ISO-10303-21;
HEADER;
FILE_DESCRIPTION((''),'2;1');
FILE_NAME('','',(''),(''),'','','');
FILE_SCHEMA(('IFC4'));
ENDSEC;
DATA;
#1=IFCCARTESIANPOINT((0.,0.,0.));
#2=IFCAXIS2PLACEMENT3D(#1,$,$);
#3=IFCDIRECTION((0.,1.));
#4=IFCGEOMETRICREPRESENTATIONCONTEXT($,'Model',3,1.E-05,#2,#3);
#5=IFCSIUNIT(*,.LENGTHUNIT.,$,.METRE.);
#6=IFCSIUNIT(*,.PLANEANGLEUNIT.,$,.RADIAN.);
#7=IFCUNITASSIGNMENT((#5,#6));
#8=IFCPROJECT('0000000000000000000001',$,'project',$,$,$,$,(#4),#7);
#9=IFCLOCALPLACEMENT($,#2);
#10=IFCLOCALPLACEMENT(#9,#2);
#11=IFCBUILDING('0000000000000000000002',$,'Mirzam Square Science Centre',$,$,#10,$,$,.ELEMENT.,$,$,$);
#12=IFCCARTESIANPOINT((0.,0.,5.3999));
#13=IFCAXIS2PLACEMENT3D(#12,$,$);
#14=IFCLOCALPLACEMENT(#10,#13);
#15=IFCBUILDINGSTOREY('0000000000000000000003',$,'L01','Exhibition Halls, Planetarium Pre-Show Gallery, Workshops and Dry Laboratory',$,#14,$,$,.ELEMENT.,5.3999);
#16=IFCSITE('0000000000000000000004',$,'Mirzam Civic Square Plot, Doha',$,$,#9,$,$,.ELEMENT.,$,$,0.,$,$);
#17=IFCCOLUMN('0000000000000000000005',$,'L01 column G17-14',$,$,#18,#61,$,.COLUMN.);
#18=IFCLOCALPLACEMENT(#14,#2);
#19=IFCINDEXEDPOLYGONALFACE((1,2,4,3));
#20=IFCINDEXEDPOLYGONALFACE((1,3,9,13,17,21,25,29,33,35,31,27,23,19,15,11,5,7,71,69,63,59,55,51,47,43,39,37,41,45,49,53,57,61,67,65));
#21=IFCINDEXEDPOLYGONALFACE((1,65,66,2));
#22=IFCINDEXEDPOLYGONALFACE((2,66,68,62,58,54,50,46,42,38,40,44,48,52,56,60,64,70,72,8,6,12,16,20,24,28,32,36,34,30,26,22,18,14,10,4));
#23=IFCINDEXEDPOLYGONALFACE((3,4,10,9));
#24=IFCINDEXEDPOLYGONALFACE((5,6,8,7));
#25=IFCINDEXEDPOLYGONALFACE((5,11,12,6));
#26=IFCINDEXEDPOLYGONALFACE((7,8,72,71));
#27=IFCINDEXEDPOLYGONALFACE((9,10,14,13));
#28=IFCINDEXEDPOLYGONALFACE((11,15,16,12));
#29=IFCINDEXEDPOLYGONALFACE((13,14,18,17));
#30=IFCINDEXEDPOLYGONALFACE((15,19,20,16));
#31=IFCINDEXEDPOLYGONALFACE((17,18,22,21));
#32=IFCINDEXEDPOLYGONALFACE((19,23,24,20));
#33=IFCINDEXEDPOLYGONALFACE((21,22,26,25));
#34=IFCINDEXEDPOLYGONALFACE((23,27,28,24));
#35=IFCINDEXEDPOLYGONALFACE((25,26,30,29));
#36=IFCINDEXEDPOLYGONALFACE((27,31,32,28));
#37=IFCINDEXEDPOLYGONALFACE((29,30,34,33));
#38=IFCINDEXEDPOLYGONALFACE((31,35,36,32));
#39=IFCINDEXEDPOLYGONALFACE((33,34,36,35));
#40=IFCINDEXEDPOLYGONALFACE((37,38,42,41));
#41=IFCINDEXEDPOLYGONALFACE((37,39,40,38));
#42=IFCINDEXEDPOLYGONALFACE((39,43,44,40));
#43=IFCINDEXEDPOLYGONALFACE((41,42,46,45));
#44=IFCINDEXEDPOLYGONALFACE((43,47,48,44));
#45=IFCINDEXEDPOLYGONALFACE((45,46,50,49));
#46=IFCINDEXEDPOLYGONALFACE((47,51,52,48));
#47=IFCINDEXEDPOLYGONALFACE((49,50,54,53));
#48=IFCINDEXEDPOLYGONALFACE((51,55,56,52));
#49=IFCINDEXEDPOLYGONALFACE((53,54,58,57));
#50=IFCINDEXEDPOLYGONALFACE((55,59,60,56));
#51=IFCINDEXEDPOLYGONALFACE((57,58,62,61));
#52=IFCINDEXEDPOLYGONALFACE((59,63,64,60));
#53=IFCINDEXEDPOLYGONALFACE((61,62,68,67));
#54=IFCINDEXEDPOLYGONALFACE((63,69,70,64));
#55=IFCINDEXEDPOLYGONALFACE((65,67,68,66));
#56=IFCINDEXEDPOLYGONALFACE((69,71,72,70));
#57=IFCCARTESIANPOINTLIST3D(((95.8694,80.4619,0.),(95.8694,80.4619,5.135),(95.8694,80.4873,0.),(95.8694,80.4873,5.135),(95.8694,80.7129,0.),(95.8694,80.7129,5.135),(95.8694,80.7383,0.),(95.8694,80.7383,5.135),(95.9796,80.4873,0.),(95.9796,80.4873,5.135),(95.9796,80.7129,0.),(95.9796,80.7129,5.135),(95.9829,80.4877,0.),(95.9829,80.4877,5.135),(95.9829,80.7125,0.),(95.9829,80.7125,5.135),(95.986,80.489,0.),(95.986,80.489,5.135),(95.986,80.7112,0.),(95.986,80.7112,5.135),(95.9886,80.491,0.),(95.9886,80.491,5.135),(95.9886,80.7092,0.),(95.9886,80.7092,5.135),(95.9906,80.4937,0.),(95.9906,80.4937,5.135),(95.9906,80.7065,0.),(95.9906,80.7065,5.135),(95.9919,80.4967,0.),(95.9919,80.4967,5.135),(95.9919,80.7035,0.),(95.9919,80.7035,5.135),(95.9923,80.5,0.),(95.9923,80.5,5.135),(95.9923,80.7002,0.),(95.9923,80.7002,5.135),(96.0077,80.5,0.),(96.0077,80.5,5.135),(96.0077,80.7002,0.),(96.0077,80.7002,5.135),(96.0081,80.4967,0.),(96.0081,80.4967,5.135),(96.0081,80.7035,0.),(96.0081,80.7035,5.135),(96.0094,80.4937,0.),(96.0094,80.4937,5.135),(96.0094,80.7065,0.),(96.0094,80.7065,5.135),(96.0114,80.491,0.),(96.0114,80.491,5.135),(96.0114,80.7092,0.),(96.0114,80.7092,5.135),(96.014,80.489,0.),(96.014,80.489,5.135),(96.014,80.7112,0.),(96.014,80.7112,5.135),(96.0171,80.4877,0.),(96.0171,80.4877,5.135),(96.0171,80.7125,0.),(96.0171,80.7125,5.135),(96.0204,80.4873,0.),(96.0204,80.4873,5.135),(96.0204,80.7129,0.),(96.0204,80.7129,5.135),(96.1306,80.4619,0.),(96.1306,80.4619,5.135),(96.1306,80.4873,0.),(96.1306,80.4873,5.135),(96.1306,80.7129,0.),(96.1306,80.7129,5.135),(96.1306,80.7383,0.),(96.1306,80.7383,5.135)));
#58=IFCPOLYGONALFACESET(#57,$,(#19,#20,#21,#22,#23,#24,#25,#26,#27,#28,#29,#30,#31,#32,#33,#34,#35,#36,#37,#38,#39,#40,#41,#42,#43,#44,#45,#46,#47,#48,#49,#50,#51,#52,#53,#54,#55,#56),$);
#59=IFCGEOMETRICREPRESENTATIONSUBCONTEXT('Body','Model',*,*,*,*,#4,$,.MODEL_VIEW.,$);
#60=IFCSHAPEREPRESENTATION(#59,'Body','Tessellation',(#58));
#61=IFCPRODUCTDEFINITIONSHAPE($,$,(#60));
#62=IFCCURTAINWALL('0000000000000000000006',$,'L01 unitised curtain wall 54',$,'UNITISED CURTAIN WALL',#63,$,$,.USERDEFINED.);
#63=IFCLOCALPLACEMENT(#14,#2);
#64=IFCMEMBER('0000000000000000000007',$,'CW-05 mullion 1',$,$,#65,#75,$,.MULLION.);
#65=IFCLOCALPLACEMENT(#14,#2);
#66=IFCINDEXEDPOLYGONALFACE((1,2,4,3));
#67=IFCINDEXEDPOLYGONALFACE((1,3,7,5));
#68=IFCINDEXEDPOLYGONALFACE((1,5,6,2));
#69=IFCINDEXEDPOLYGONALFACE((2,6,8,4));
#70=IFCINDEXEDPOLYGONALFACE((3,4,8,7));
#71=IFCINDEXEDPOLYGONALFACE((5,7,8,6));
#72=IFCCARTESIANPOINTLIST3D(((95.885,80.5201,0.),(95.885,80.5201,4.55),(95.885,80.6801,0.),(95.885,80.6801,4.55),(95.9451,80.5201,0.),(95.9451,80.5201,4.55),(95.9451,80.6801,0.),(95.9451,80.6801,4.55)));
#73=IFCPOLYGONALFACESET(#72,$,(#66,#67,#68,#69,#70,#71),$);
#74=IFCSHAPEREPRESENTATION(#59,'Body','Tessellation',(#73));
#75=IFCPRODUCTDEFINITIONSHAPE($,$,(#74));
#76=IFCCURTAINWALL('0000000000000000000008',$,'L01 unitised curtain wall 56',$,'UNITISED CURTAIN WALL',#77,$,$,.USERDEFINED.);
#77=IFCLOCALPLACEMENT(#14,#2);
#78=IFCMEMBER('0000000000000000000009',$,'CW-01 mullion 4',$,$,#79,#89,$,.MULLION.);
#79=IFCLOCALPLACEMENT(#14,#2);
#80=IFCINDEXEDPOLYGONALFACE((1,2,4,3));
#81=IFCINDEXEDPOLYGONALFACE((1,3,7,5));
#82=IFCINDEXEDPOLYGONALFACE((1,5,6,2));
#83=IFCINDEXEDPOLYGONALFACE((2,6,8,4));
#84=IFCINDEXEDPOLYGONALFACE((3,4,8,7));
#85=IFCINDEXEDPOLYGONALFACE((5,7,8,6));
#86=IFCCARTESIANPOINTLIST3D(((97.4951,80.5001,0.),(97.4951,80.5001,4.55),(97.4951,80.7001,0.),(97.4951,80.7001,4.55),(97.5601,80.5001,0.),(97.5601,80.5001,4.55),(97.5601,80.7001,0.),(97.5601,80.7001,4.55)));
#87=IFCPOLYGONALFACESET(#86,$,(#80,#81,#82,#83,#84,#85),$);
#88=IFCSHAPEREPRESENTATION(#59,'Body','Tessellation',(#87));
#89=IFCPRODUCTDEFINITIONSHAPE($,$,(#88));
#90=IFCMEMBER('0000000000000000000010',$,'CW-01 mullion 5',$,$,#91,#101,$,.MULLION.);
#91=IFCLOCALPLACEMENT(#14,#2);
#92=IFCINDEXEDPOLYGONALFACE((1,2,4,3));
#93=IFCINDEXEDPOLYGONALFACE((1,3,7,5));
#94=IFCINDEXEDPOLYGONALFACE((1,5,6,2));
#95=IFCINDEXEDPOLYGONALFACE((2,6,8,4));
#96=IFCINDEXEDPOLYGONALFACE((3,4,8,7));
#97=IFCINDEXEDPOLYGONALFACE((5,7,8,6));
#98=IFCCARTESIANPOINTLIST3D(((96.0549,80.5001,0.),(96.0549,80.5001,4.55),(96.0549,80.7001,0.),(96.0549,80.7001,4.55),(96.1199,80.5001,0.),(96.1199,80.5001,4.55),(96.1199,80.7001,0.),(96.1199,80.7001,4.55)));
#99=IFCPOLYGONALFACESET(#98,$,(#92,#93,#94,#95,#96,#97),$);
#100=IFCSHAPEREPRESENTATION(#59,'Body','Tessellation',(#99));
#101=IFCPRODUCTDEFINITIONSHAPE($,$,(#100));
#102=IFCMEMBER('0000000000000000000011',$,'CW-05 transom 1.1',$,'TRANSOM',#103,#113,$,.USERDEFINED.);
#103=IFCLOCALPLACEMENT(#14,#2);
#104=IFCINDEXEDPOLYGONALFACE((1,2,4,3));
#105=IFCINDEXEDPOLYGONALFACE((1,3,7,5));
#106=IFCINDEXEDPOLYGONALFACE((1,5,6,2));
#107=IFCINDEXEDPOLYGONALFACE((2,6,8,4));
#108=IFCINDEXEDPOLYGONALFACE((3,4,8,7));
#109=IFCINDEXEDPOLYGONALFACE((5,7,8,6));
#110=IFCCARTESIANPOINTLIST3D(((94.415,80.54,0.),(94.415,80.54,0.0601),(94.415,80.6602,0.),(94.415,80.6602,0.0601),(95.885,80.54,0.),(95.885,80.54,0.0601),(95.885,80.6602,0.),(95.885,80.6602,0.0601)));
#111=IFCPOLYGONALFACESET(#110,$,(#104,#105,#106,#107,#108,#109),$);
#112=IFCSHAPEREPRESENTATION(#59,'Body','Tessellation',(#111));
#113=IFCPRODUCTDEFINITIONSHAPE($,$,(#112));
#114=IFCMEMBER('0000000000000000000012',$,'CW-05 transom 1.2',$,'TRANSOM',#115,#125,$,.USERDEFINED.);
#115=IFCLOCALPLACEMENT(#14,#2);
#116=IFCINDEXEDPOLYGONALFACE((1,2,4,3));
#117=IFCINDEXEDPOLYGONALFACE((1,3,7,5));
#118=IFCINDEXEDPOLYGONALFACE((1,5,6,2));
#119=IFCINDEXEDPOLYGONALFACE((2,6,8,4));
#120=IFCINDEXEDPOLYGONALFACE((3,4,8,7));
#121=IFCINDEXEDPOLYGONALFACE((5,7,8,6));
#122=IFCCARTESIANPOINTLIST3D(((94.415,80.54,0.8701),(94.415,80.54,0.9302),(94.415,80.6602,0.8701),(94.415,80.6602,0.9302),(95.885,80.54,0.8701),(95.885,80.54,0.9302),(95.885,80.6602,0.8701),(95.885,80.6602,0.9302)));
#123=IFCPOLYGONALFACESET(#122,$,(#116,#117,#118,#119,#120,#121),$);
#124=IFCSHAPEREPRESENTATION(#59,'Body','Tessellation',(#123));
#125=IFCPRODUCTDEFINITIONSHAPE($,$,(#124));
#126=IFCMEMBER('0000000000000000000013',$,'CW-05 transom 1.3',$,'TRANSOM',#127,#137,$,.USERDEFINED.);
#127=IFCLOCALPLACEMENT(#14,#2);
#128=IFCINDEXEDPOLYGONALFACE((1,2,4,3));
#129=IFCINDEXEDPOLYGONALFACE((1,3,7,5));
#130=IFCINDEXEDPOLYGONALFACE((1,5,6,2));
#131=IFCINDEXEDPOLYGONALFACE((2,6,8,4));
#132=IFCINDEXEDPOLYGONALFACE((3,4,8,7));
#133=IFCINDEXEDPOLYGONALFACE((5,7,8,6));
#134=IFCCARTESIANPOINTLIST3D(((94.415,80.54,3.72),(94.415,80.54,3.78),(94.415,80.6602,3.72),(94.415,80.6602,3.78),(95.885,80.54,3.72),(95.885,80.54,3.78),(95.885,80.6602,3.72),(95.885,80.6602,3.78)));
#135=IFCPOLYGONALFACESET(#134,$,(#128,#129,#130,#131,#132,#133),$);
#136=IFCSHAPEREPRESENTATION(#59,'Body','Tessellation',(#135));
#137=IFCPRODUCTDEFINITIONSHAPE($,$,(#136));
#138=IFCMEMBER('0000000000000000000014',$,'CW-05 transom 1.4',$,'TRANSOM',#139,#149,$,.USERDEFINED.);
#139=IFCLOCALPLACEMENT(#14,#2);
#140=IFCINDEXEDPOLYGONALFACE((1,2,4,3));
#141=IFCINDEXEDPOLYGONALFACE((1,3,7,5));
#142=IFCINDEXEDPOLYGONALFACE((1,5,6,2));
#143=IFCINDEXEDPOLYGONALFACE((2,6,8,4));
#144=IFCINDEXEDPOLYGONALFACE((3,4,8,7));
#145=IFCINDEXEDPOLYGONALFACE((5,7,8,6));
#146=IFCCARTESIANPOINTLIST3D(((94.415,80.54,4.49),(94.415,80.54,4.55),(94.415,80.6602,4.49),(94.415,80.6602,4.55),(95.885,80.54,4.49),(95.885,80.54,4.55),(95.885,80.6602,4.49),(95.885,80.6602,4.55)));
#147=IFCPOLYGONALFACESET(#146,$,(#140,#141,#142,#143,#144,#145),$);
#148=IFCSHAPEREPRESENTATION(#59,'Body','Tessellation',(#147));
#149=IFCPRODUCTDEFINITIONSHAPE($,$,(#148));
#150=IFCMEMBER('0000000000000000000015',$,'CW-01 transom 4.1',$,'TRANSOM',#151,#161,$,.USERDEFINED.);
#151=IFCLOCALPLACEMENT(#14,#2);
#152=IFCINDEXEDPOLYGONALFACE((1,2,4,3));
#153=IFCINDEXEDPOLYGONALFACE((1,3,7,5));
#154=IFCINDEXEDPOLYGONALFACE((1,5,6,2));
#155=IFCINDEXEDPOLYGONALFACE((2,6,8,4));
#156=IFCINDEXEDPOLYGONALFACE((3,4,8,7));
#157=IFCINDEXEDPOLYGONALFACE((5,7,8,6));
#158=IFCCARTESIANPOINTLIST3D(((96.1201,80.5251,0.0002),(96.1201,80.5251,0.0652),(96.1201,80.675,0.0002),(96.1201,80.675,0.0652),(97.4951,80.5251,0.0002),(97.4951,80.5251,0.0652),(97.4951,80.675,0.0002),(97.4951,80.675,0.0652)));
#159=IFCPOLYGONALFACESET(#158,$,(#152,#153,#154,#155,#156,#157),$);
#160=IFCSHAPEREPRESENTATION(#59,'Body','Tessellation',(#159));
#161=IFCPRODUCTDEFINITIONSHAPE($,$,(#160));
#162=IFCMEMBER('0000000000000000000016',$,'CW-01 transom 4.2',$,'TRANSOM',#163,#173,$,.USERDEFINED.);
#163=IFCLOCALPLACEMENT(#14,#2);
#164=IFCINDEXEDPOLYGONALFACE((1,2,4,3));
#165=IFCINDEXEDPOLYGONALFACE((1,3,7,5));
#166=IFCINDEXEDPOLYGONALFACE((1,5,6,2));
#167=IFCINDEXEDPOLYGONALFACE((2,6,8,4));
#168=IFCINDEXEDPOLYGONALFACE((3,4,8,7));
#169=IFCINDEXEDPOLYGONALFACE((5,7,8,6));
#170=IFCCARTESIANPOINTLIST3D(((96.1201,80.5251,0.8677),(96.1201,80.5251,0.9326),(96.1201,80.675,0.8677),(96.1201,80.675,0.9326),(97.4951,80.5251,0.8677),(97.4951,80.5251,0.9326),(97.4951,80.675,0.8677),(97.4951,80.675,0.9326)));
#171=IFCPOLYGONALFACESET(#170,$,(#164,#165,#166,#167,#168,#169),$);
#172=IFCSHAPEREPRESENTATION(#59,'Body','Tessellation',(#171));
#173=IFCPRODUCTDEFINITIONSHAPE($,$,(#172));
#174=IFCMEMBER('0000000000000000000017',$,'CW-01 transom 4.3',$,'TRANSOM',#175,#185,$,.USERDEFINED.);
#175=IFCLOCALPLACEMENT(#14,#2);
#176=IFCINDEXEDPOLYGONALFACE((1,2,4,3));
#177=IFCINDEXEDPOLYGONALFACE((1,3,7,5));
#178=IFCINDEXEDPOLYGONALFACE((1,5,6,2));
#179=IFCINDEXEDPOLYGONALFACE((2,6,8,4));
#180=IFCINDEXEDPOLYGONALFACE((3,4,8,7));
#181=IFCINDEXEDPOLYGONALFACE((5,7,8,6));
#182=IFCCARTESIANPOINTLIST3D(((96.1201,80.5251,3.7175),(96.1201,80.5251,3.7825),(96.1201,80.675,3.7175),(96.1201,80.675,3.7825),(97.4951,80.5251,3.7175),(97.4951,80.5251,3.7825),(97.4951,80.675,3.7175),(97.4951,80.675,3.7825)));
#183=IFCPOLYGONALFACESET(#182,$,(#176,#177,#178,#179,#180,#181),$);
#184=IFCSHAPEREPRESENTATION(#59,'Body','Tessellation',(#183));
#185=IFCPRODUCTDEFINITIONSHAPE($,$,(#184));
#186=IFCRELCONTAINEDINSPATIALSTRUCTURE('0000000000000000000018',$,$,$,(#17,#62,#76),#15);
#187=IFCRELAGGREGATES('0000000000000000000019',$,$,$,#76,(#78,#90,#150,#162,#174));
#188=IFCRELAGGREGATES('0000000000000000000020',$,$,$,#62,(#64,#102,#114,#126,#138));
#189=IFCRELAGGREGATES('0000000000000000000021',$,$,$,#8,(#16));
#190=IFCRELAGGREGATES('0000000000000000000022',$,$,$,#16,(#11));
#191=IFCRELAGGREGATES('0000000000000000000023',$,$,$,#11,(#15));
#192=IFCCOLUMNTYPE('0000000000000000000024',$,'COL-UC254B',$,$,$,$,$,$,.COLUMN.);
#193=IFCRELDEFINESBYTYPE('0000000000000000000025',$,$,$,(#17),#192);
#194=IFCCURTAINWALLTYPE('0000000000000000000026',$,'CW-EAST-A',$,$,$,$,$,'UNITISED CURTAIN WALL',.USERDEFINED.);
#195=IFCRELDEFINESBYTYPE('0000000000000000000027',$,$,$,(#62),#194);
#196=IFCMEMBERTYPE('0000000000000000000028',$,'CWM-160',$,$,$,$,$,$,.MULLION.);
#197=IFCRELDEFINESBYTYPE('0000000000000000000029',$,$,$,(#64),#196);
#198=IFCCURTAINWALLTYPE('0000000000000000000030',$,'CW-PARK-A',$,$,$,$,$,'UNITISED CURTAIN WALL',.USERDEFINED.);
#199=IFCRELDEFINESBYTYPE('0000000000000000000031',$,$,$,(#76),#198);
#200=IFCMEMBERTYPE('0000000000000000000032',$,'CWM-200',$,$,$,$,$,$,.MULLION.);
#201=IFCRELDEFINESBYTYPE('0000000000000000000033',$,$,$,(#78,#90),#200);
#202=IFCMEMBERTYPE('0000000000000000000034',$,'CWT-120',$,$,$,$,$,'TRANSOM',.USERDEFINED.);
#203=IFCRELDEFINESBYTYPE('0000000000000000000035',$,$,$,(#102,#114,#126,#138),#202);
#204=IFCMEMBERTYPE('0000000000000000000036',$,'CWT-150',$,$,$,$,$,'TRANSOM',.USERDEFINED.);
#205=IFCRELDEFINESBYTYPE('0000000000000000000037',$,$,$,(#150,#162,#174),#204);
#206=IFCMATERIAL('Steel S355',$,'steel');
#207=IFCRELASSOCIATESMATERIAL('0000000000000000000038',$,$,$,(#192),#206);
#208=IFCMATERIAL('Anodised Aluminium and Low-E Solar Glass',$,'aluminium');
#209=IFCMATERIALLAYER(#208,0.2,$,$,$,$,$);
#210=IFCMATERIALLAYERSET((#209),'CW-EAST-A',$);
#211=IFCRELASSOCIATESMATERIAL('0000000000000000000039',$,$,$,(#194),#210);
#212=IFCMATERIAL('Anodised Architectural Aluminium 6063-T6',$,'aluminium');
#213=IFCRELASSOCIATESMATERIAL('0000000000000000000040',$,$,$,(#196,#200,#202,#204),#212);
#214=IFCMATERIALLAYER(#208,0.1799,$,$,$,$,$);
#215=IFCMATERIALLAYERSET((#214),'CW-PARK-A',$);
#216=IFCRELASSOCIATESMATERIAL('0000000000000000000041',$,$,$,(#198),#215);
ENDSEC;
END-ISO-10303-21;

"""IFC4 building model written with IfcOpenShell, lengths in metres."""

from ifc_helpers import new_model, si_unit, direction, frame, origin, origin_2d, place, context, subcontext, project, spatial, rectangle, i_section, extrude, material, layer, layer_set, material_profile, profile_set, type_object, element, aggregate, save


model = new_model("IFC4")

# Units and contexts
model_context = context("Model", 3, precision=1e-05, world=origin(), true_north=direction((0.0, 1.0)))
body_context = subcontext(model_context, "Body", "Model", "MODEL_VIEW")
ifc_project = project(units=[si_unit("LENGTHUNIT", "METRE"), si_unit("PLANEANGLEUNIT", "RADIAN")], contexts=[model_context])

# Site, building, storey
site_placement = place(None, origin())
site = spatial("IfcSite", under=ifc_project, at=site_placement, Name="Mirzam Civic Square Plot, Doha", CompositionType="ELEMENT", RefElevation=0.0)
building_placement = place(site_placement, origin())
building = spatial("IfcBuilding", under=site, at=building_placement, Name="Mirzam Square Science Centre", CompositionType="ELEMENT")
storey_placement = place(building_placement, frame((0.0, 0.0, 5.3999)))
storey = spatial("IfcBuildingStorey", under=building, at=storey_placement, Name="L01", Description="Exhibition Halls, Planetarium Pre-Show Gallery, Workshops and Dry Laboratory", CompositionType="ELEMENT", Elevation=5.3999)

# Column
ifc_material_1 = material(Name="Steel S355", Category="steel")
ifc_material_profile_1 = material_profile(ifc_material_1, i_section(OverallWidth=0.2612, OverallDepth=0.2764, WebThickness=0.0154, FlangeThickness=0.0254, FilletRadius=0.0127, at=origin_2d()), Name="254x254x132UC")
ifc_profile_set_1 = profile_set([ifc_material_profile_1], Name="Steel S355")
column_type = type_object("IfcColumnType", Name="COL-UC254B", PredefinedType="COLUMN", material=ifc_profile_set_1)
column_placement = place(storey_placement, frame((96.0, 80.6001, 0.0), z_axis=(0.0, 0.0, 1.0), x_axis=(1.0, 0.0, 0.0)))
element("IfcColumn", 1, at=column_placement, inside=storey, type_object=column_type, Name="L01 column G17-14", PredefinedType="COLUMN", context=body_context, shape_type="SweptSolid", body=[
    extrude(i_section(OverallWidth=0.2612, OverallDepth=0.2764, WebThickness=0.0154, FlangeThickness=0.0254, FilletRadius=0.0127, at=origin_2d()), origin(), (0.0, 0.0, 1.0), 5.135),
])

# Curtain wall, member
ifc_material_2 = material(Name="Anodised Aluminium and Low-E Solar Glass", Category="aluminium")
ifc_layer_1 = layer(ifc_material_2, 0.2)
ifc_layer_set_1 = layer_set([ifc_layer_1], Name="CW-EAST-A")
curtain_wall_type_1 = type_object("IfcCurtainWallType", Name="CW-EAST-A", ElementType="UNITISED CURTAIN WALL", PredefinedType="USERDEFINED", material=ifc_layer_set_1)
curtain_wall_1_placement = place(storey_placement, origin())
curtain_wall_1 = element("IfcCurtainWall", 2, at=curtain_wall_1_placement, inside=storey, type_object=curtain_wall_type_1, Name="L01 unitised curtain wall 54", ObjectType="UNITISED CURTAIN WALL", PredefinedType="USERDEFINED")
ifc_material_3 = material(Name="Anodised Architectural Aluminium 6063-T6", Category="aluminium")
ifc_material_profile_2 = material_profile(ifc_material_3, rectangle(XDim=0.0601, YDim=0.1599, at=origin_2d()), Name="ALU-MULL-160x60x4")
ifc_profile_set_2 = profile_set([ifc_material_profile_2], Name="Anodised Architectural Aluminium 6063-T6")
member_type_1 = type_object("IfcMemberType", Name="CWM-160", PredefinedType="MULLION", material=ifc_profile_set_2)
member_1_placement = place(storey_placement, frame((95.915, 80.6001, 0.0), z_axis=(0.0, 0.0, 1.0), x_axis=(-1.0, 0.0, 0.0)))
member_1 = element("IfcMember", 3, at=member_1_placement, type_object=member_type_1, Name="CW-05 mullion 1", PredefinedType="MULLION", context=body_context, shape_type="SweptSolid", body=[
    extrude(rectangle(XDim=0.0601, YDim=0.1599, at=origin_2d()), origin(), (0.0, 0.0, 1.0), 4.55),
])

# Curtain wall, members
ifc_layer_2 = layer(ifc_material_2, 0.1799)
ifc_layer_set_2 = layer_set([ifc_layer_2], Name="CW-PARK-A")
curtain_wall_type_2 = type_object("IfcCurtainWallType", Name="CW-PARK-A", ElementType="UNITISED CURTAIN WALL", PredefinedType="USERDEFINED", material=ifc_layer_set_2)
curtain_wall_2_placement = place(storey_placement, origin())
curtain_wall_2 = element("IfcCurtainWall", 4, at=curtain_wall_2_placement, inside=storey, type_object=curtain_wall_type_2, Name="L01 unitised curtain wall 56", ObjectType="UNITISED CURTAIN WALL", PredefinedType="USERDEFINED")
ifc_material_profile_3 = material_profile(ifc_material_3, rectangle(XDim=0.0649, YDim=0.2, at=origin_2d()), Name="ALU-MULL-200x65x5")
ifc_profile_set_3 = profile_set([ifc_material_profile_3], Name="Anodised Architectural Aluminium 6063-T6")
member_type_2 = type_object("IfcMemberType", Name="CWM-200", PredefinedType="MULLION", material=ifc_profile_set_3)
member_2_placement = place(storey_placement, frame((97.5276, 80.6001, 0.0), z_axis=(0.0, 0.0, 1.0), x_axis=(-1.0, 0.0, 0.0)))
member_2 = element("IfcMember", 5, at=member_2_placement, type_object=member_type_2, Name="CW-01 mullion 4", PredefinedType="MULLION", context=body_context, shape_type="SweptSolid", body=[
    extrude(rectangle(XDim=0.0649, YDim=0.2, at=origin_2d()), origin(), (0.0, 0.0, 1.0), 4.55),
])
member_3_placement = place(storey_placement, frame((96.0874, 80.6001, 0.0), z_axis=(0.0, 0.0, 1.0), x_axis=(-1.0, 0.0, 0.0)))
member_3 = element("IfcMember", 6, at=member_3_placement, type_object=member_type_2, Name="CW-01 mullion 5", PredefinedType="MULLION", context=body_context, shape_type="SweptSolid", body=[
    extrude(rectangle(XDim=0.0649, YDim=0.2, at=origin_2d()), origin(), (0.0, 0.0, 1.0), 4.55),
])

# Members
ifc_material_profile_4 = material_profile(ifc_material_3, rectangle(XDim=0.1201, YDim=0.0601, at=origin_2d()), Name="ALU-TRAN-120x60x4")
ifc_profile_set_4 = profile_set([ifc_material_profile_4], Name="Anodised Architectural Aluminium 6063-T6")
member_type_3 = type_object("IfcMemberType", Name="CWT-120", ElementType="TRANSOM", PredefinedType="USERDEFINED", material=ifc_profile_set_4)
member_4_placement = place(storey_placement, frame((95.885, 80.6001, 0.03), z_axis=(-1.0, 0.0, 0.0), x_axis=(0.0, -1.0, 0.0)))
member_4 = element("IfcMember", 7, at=member_4_placement, type_object=member_type_3, Name="CW-05 transom 1.1", ObjectType="TRANSOM", PredefinedType="USERDEFINED", context=body_context, shape_type="SweptSolid", body=[
    extrude(rectangle(XDim=0.1201, YDim=0.0601, at=origin_2d()), origin(), (0.0, 0.0, 1.0), 1.47),
])
member_5_placement = place(storey_placement, frame((95.885, 80.6001, 0.9001), z_axis=(-1.0, 0.0, 0.0), x_axis=(0.0, -1.0, 0.0)))
member_5 = element("IfcMember", 8, at=member_5_placement, type_object=member_type_3, Name="CW-05 transom 1.2", ObjectType="TRANSOM", PredefinedType="USERDEFINED", context=body_context, shape_type="SweptSolid", body=[
    extrude(rectangle(XDim=0.1201, YDim=0.0601, at=origin_2d()), origin(), (0.0, 0.0, 1.0), 1.47),
])
member_6_placement = place(storey_placement, frame((95.885, 80.6001, 3.75), z_axis=(-1.0, 0.0, 0.0), x_axis=(0.0, -1.0, 0.0)))
member_6 = element("IfcMember", 9, at=member_6_placement, type_object=member_type_3, Name="CW-05 transom 1.3", ObjectType="TRANSOM", PredefinedType="USERDEFINED", context=body_context, shape_type="SweptSolid", body=[
    extrude(rectangle(XDim=0.1201, YDim=0.0601, at=origin_2d()), origin(), (0.0, 0.0, 1.0), 1.47),
])
member_7_placement = place(storey_placement, frame((95.885, 80.6001, 4.52), z_axis=(-1.0, 0.0, 0.0), x_axis=(0.0, -1.0, 0.0)))
member_7 = element("IfcMember", 10, at=member_7_placement, type_object=member_type_3, Name="CW-05 transom 1.4", ObjectType="TRANSOM", PredefinedType="USERDEFINED", context=body_context, shape_type="SweptSolid", body=[
    extrude(rectangle(XDim=0.1201, YDim=0.0601, at=origin_2d()), origin(), (0.0, 0.0, 1.0), 1.47),
])
ifc_material_profile_5 = material_profile(ifc_material_3, rectangle(XDim=0.1499, YDim=0.0649, at=origin_2d()), Name="ALU-TRAN-150x65x4")
ifc_profile_set_5 = profile_set([ifc_material_profile_5], Name="Anodised Architectural Aluminium 6063-T6")
member_type_4 = type_object("IfcMemberType", Name="CWT-150", ElementType="TRANSOM", PredefinedType="USERDEFINED", material=ifc_profile_set_5)
member_8_placement = place(storey_placement, frame((97.4951, 80.6001, 0.0327), z_axis=(-1.0, 0.0, 0.0), x_axis=(0.0, -1.0, 0.0)))
member_8 = element("IfcMember", 11, at=member_8_placement, type_object=member_type_4, Name="CW-01 transom 4.1", ObjectType="TRANSOM", PredefinedType="USERDEFINED", context=body_context, shape_type="SweptSolid", body=[
    extrude(rectangle(XDim=0.1499, YDim=0.0649, at=origin_2d()), origin(), (0.0, 0.0, 1.0), 1.375),
])
member_9_placement = place(storey_placement, frame((97.4951, 80.6001, 0.9001), z_axis=(-1.0, 0.0, 0.0), x_axis=(0.0, -1.0, 0.0)))
member_9 = element("IfcMember", 12, at=member_9_placement, type_object=member_type_4, Name="CW-01 transom 4.2", ObjectType="TRANSOM", PredefinedType="USERDEFINED", context=body_context, shape_type="SweptSolid", body=[
    extrude(rectangle(XDim=0.1499, YDim=0.0649, at=origin_2d()), origin(), (0.0, 0.0, 1.0), 1.375),
])
member_10_placement = place(storey_placement, frame((97.4951, 80.6001, 3.75), z_axis=(-1.0, 0.0, 0.0), x_axis=(0.0, -1.0, 0.0)))
member_10 = element("IfcMember", 13, at=member_10_placement, type_object=member_type_4, Name="CW-01 transom 4.3", ObjectType="TRANSOM", PredefinedType="USERDEFINED", context=body_context, shape_type="SweptSolid", body=[
    extrude(rectangle(XDim=0.1499, YDim=0.0649, at=origin_2d()), origin(), (0.0, 0.0, 1.0), 1.375),
])

aggregate(curtain_wall_2, [member_2, member_3, member_8, member_9, member_10])
aggregate(curtain_wall_1, [member_1, member_4, member_5, member_6, member_7])

save(model, "model.ifc")
